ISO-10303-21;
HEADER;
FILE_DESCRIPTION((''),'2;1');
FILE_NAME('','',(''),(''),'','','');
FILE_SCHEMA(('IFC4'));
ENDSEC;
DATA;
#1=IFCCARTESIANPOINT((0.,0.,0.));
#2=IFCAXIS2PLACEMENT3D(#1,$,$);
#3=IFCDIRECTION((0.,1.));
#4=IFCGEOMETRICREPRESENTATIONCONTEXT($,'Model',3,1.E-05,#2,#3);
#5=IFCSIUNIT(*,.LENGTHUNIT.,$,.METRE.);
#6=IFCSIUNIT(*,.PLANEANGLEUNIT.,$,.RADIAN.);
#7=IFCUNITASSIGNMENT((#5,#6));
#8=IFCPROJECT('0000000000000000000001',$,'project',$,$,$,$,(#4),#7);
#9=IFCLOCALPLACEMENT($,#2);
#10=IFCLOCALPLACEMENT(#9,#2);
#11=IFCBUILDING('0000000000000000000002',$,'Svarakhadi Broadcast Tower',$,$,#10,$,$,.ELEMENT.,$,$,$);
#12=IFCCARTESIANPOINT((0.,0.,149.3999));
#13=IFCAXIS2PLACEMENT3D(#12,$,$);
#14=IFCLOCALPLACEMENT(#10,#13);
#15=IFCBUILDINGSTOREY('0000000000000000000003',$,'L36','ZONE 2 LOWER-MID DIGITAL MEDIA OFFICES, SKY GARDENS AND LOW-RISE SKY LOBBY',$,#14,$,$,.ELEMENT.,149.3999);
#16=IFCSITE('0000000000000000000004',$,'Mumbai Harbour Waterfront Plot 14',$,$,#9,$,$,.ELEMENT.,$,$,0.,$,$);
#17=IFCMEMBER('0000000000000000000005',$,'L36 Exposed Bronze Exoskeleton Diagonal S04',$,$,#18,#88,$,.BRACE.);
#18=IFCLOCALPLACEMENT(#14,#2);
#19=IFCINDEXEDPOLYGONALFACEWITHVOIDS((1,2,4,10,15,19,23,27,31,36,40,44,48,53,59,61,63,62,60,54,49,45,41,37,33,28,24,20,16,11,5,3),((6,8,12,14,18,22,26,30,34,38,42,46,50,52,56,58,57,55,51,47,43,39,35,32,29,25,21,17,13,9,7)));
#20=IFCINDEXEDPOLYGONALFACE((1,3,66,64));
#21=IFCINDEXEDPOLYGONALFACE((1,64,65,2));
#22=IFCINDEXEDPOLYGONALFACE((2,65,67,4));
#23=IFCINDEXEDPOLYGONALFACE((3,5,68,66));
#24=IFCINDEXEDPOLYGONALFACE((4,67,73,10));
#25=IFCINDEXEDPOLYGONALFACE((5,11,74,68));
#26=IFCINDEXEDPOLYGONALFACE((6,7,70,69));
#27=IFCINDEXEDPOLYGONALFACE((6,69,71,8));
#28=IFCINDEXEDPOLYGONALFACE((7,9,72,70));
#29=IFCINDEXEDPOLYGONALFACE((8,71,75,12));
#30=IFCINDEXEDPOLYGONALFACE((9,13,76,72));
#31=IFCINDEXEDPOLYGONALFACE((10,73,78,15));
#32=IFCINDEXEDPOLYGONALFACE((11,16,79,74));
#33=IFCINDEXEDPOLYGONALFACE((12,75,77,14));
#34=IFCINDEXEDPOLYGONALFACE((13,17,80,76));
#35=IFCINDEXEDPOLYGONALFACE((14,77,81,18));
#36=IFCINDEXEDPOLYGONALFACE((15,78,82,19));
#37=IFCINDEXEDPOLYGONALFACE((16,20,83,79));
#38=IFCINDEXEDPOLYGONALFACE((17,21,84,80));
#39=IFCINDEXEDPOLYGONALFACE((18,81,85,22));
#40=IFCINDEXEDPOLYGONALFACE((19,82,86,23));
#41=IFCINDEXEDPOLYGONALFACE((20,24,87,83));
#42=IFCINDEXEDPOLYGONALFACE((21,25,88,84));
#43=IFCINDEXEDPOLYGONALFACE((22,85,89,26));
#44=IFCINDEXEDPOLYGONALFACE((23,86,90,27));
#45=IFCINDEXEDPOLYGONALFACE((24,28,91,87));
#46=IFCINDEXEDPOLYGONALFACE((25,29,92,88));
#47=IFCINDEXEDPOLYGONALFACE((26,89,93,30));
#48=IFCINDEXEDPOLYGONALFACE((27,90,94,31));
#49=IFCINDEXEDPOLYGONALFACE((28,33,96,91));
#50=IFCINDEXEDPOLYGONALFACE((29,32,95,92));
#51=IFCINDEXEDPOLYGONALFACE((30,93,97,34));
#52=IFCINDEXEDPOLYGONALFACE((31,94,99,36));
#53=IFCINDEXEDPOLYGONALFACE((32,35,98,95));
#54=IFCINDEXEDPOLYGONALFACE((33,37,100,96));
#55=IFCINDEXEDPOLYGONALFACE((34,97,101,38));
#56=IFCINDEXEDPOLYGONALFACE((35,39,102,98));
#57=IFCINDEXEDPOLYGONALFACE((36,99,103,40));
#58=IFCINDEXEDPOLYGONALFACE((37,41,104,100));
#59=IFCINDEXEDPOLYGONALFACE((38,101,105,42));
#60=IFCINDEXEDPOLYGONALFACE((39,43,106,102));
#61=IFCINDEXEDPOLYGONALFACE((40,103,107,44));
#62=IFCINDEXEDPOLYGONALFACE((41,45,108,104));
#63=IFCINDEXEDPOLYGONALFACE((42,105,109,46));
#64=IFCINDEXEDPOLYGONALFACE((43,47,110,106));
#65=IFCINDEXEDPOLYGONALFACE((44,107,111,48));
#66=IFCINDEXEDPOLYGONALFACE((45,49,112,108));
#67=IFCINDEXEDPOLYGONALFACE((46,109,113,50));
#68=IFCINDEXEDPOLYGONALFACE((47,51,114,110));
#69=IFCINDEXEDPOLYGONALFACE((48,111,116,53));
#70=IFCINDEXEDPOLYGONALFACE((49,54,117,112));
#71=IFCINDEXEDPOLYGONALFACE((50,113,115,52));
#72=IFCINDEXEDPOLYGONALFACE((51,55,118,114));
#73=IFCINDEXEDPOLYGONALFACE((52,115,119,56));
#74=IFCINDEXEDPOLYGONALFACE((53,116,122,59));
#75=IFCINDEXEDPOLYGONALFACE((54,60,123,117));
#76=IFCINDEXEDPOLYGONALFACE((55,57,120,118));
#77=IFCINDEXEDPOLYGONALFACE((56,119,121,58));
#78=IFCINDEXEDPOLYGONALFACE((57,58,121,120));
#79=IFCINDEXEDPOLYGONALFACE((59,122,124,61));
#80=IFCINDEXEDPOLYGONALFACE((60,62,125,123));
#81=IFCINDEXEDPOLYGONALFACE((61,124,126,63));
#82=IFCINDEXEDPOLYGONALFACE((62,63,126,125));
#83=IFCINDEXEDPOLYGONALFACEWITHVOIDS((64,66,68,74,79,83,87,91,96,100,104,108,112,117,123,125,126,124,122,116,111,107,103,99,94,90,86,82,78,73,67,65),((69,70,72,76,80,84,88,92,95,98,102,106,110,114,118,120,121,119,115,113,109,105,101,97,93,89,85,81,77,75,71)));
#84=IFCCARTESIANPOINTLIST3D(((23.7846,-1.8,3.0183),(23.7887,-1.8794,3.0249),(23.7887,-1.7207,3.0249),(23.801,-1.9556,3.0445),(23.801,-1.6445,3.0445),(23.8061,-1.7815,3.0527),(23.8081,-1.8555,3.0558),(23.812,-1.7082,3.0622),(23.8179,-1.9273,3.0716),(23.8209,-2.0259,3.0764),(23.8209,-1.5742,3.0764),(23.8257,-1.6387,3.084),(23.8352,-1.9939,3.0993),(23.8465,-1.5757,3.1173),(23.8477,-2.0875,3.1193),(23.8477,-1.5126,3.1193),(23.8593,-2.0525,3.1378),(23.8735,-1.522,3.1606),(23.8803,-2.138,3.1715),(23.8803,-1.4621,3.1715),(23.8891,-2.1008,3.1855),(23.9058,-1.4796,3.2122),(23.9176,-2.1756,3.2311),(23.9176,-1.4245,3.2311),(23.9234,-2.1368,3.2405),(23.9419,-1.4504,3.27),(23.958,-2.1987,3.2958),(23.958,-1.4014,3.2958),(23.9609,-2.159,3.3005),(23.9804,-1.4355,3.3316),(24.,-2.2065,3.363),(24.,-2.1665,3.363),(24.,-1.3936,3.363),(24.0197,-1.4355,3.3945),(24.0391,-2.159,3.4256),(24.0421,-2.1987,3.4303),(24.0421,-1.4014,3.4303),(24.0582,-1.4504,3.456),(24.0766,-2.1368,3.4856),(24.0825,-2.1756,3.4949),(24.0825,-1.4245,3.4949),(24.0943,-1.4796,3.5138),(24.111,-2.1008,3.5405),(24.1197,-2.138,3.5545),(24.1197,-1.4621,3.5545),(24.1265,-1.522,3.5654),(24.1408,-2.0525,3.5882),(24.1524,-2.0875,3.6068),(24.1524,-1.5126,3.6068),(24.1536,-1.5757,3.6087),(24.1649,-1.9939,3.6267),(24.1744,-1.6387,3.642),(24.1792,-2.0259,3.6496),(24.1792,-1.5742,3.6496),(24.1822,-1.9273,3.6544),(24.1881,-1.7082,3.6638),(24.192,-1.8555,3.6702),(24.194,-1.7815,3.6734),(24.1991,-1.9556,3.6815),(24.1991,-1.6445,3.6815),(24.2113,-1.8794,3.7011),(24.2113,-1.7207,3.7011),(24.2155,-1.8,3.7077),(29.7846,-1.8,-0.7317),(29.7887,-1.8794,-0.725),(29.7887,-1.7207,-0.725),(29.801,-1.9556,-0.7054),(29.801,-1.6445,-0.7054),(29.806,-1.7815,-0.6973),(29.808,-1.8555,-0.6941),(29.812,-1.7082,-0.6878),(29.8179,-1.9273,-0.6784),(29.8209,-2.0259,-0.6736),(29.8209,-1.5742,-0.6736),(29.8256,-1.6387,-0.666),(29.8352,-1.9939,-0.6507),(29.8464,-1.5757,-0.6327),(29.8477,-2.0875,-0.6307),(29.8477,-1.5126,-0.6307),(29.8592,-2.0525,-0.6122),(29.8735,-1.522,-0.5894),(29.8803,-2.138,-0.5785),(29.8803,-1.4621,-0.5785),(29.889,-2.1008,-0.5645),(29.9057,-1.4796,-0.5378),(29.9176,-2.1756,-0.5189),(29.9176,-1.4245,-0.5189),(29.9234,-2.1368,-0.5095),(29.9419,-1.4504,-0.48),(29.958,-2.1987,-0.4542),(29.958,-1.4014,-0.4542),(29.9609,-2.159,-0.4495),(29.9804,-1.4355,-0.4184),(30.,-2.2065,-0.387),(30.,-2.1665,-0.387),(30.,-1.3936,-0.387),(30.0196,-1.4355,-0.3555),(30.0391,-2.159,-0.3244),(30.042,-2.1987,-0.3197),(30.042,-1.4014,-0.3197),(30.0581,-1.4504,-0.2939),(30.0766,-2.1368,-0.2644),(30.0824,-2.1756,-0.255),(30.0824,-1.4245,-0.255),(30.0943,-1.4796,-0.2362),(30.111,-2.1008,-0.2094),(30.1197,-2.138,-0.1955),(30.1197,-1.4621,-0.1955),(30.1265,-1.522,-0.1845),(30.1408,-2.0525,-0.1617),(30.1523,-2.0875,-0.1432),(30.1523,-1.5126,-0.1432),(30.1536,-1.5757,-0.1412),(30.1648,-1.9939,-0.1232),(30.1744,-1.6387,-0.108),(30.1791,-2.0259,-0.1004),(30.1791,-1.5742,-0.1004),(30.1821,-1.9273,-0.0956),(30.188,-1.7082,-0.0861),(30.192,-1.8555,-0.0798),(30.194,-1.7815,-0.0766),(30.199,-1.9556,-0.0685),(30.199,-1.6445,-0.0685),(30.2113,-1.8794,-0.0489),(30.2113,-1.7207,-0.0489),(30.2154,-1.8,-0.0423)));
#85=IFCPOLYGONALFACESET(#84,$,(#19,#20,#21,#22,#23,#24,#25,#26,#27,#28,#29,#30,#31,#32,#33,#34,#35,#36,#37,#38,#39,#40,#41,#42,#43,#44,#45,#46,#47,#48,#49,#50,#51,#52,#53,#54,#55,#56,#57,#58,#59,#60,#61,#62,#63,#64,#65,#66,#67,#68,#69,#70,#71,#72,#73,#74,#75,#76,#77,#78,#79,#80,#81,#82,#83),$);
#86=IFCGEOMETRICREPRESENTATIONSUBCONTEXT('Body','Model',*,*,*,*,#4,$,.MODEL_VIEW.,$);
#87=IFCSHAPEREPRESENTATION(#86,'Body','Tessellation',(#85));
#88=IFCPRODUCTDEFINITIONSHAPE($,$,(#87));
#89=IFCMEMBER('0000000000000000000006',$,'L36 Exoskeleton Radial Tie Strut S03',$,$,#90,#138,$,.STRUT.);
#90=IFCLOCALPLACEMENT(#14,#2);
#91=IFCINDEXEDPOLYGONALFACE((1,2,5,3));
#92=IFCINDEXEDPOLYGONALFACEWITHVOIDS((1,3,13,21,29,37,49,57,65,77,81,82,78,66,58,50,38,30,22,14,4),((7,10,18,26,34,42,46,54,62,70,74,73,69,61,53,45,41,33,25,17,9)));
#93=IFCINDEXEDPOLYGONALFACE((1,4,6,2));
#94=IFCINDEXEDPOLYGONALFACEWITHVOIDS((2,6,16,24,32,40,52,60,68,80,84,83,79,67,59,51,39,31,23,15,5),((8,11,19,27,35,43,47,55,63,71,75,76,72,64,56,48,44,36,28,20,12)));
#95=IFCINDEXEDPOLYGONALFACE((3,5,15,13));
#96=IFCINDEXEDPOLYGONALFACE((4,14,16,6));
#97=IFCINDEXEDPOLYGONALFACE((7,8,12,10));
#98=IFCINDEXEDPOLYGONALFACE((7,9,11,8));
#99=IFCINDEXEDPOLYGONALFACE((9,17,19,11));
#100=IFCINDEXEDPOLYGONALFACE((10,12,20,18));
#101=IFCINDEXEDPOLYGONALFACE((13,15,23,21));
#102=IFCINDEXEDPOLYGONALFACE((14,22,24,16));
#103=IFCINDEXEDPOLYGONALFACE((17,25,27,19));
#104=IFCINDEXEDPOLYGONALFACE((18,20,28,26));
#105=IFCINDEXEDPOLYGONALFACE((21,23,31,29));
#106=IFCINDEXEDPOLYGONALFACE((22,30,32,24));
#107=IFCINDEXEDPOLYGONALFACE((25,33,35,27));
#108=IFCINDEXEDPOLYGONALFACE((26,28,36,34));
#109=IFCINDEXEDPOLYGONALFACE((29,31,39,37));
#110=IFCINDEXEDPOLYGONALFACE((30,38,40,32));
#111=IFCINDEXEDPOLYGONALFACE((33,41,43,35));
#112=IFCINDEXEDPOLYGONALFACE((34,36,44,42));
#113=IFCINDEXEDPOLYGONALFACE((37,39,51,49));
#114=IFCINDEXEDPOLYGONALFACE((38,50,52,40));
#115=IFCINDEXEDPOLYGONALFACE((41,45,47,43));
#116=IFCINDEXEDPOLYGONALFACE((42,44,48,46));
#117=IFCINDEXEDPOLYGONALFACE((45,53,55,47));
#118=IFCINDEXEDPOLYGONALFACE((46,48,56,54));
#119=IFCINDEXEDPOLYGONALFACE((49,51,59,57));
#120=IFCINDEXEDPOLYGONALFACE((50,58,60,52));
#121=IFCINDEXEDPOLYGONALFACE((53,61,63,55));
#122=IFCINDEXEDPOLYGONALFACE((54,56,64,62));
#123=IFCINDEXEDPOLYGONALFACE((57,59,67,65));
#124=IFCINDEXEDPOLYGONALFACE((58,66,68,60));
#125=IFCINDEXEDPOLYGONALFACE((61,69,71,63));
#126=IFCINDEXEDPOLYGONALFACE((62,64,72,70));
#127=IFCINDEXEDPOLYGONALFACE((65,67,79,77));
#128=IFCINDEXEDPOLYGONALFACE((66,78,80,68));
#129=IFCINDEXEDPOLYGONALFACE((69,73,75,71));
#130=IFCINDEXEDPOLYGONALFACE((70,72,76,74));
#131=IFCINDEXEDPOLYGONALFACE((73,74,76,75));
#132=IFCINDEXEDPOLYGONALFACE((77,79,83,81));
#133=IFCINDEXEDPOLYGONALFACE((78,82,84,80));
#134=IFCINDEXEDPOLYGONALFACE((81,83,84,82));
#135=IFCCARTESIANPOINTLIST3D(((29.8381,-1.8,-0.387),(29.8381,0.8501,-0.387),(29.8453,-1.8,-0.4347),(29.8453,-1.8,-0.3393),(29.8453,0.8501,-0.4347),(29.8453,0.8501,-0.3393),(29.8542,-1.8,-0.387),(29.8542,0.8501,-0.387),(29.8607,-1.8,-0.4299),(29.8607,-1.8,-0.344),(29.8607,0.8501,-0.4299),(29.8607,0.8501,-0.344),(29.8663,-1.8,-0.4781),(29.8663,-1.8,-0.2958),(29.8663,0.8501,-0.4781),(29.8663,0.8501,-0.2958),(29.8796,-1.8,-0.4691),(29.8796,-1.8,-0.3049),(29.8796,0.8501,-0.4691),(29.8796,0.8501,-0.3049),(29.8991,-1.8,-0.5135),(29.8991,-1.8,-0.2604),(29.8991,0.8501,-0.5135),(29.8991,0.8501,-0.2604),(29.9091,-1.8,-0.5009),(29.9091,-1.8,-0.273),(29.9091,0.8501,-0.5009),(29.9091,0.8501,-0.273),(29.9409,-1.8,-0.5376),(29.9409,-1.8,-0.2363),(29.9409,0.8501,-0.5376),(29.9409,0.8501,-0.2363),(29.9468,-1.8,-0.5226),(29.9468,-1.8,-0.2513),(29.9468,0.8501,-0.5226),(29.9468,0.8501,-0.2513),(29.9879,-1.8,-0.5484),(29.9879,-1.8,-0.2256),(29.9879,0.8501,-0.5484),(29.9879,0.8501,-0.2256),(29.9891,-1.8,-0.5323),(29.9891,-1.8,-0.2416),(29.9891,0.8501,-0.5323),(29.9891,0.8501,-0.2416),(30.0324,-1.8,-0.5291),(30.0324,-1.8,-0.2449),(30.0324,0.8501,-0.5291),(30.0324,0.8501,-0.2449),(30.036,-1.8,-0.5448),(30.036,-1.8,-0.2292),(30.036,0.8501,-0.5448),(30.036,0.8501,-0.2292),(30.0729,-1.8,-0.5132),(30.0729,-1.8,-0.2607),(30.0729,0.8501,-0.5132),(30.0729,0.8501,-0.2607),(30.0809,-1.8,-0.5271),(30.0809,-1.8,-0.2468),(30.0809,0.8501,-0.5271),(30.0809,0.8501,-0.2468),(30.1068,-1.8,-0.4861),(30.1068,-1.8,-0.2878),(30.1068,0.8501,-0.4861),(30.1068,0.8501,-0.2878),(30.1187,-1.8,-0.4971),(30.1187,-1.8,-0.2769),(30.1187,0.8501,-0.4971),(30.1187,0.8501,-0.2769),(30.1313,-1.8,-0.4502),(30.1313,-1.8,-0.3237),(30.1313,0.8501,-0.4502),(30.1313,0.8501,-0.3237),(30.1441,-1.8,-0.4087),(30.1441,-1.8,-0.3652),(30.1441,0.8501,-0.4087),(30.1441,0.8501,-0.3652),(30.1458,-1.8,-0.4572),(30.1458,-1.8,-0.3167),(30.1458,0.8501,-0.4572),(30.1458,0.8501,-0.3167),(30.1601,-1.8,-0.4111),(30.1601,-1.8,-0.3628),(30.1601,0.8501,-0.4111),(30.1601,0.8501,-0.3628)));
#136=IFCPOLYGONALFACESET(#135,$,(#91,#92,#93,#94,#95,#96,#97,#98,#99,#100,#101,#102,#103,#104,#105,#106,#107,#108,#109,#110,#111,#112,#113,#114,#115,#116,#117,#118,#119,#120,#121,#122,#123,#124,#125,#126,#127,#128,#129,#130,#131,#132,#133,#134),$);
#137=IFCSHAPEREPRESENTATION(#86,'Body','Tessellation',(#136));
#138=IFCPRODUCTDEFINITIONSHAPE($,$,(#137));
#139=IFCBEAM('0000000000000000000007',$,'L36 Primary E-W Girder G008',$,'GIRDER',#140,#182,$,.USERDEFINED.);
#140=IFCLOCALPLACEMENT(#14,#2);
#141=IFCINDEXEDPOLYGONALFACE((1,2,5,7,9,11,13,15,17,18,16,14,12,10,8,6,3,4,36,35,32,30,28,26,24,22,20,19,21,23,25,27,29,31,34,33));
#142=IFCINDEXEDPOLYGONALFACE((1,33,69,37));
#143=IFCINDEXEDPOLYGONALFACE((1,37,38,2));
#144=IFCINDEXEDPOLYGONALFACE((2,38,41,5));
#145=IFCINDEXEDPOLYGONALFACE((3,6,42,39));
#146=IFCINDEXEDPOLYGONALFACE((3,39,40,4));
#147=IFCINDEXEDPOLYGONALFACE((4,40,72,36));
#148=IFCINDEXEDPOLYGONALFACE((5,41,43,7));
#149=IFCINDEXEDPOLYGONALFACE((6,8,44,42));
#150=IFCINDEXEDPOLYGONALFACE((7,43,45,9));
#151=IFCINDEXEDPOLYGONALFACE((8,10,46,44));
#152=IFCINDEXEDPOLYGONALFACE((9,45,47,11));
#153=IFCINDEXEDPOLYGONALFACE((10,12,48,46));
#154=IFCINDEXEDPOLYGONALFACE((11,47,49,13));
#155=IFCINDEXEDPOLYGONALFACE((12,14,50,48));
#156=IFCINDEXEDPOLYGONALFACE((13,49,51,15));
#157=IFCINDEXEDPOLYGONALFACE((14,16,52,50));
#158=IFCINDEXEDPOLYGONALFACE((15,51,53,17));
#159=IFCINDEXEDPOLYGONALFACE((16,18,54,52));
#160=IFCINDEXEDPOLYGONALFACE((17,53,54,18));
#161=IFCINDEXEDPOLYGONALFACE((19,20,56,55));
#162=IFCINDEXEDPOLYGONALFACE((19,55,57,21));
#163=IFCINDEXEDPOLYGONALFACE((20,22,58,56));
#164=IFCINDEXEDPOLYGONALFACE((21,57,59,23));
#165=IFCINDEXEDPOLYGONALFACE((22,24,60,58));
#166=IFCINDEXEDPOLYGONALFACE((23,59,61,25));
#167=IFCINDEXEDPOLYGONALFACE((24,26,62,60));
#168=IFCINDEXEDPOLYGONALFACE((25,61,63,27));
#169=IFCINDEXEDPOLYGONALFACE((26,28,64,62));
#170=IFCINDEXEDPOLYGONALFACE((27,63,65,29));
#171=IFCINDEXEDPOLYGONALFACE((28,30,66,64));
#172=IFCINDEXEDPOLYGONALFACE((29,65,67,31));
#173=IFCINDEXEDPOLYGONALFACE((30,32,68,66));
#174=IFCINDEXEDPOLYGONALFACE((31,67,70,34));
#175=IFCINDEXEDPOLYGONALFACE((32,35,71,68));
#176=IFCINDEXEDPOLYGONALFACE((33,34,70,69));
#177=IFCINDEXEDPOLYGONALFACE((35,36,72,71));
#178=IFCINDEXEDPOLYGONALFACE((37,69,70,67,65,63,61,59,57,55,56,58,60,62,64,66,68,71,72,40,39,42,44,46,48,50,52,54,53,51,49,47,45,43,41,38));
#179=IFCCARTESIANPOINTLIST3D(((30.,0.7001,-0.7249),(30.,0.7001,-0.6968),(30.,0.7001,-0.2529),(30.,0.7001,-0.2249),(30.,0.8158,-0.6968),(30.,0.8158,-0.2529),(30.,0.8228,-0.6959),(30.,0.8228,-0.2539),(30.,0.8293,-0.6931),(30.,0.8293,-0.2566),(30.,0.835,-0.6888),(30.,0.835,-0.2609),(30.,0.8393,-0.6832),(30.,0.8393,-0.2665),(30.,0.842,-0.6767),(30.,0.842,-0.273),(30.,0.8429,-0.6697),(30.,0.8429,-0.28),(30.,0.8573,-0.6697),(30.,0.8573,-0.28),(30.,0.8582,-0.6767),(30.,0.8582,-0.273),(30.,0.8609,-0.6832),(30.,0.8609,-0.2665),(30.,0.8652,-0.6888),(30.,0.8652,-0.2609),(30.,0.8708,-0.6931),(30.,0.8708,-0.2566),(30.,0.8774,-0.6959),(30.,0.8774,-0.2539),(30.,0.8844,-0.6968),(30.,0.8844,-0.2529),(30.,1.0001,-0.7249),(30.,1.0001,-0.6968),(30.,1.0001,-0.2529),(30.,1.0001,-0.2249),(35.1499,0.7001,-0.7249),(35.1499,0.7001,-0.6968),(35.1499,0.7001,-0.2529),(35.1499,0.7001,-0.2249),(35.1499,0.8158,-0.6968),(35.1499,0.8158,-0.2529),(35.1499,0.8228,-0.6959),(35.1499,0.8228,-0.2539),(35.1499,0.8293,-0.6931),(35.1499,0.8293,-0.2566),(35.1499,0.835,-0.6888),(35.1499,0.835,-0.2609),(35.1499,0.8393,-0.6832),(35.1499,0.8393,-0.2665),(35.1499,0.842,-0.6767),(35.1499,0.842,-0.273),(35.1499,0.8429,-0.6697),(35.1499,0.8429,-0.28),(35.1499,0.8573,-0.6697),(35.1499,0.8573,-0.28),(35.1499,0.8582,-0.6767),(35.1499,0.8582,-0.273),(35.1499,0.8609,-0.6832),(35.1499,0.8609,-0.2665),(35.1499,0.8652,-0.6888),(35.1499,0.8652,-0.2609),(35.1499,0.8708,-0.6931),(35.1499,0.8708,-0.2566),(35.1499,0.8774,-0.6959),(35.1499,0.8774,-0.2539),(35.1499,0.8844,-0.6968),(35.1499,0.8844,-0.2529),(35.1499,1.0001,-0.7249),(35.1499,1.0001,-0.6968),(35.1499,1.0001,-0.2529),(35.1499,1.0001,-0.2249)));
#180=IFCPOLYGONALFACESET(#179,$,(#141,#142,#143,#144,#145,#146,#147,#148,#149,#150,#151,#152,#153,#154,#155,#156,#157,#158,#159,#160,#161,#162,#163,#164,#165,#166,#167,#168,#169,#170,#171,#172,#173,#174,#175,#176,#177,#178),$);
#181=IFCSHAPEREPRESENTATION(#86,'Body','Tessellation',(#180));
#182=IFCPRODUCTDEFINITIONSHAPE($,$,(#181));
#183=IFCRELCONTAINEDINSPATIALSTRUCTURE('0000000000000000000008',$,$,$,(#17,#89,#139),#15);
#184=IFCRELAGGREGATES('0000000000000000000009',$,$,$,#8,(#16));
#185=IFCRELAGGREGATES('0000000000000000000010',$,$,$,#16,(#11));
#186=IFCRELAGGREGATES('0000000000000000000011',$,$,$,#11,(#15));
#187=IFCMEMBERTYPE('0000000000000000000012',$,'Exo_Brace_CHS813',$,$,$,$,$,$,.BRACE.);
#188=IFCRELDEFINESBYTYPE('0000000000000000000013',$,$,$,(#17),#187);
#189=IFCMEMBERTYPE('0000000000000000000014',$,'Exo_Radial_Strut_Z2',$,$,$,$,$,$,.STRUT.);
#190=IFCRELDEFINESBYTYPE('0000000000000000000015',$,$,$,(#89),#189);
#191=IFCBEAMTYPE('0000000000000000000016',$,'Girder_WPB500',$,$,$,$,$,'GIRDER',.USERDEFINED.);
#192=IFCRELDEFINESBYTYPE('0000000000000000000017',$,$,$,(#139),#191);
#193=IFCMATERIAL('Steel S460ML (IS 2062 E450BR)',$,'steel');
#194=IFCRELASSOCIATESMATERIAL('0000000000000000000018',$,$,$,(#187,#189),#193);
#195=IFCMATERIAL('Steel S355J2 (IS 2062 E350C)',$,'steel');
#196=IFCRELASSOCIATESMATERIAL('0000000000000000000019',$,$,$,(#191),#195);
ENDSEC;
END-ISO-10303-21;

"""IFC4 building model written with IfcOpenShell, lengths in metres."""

from ifc_helpers import new_model, si_unit, direction, frame, origin, origin_2d, place, context, subcontext, project, spatial, hollow_circle, i_section, extrude, material, material_profile, profile_set, type_object, element, save


model = new_model("IFC4")

# Units and contexts
model_context = context("Model", 3, precision=1e-05, world=origin(), true_north=direction((0.0, 1.0)))
body_context = subcontext(model_context, "Body", "Model", "MODEL_VIEW")
ifc_project = project(units=[si_unit("LENGTHUNIT", "METRE"), si_unit("PLANEANGLEUNIT", "RADIAN")], contexts=[model_context])

# Site, building, storey
site_placement = place(None, origin())
site = spatial("IfcSite", under=ifc_project, at=site_placement, Name="Mumbai Harbour Waterfront Plot 14", CompositionType="ELEMENT", RefElevation=0.0)
building_placement = place(site_placement, origin())
building = spatial("IfcBuilding", under=site, at=building_placement, Name="Svarakhadi Broadcast Tower", CompositionType="ELEMENT")
storey_placement = place(building_placement, frame((0.0, 0.0, 149.3999)))
storey = spatial("IfcBuildingStorey", under=building, at=storey_placement, Name="L36", Description="ZONE 2 LOWER-MID DIGITAL MEDIA OFFICES, SKY GARDENS AND LOW-RISE SKY LOBBY", CompositionType="ELEMENT", Elevation=149.3999)

# Members
ifc_material_1 = material(Name="Steel S460ML (IS 2062 E450BR)", Category="steel")
ifc_material_profile_1 = material_profile(ifc_material_1, hollow_circle(Radius=0.4065, WallThickness=0.04, at=origin_2d()), Name="CHS 813x40")
ifc_profile_set_1 = profile_set([ifc_material_profile_1], Name="Steel S460ML (IS 2062 E450BR)")
member_type_1 = type_object("IfcMemberType", Name="Exo_Brace_CHS813", PredefinedType="BRACE", material=ifc_profile_set_1)
member_1_placement = place(storey_placement, frame((30.0, -1.8, -0.387), z_axis=(-0.847998, 0.0, 0.529999), x_axis=(0.0, -1.0, 0.0)))
element("IfcMember", 1, at=member_1_placement, inside=storey, type_object=member_type_1, Name="L36 Exposed Bronze Exoskeleton Diagonal S04", PredefinedType="BRACE", context=body_context, shape_type="SweptSolid", body=[
    extrude(hollow_circle(Radius=0.4065, WallThickness=0.04, at=origin_2d()), origin(), (0.0, 0.0, 1.0), 7.0754),
])
ifc_material_profile_2 = material_profile(ifc_material_1, hollow_circle(Radius=0.1619, WallThickness=0.0161, at=origin_2d()), Name="CHS 323.9x16")
ifc_profile_set_2 = profile_set([ifc_material_profile_2], Name="Steel S460ML (IS 2062 E450BR)")
member_type_2 = type_object("IfcMemberType", Name="Exo_Radial_Strut_Z2", PredefinedType="STRUT", material=ifc_profile_set_2)
member_2_placement = place(storey_placement, frame((30.0, -1.8, -0.387), z_axis=(0.0, 1.0, 0.0), x_axis=(-1.0, 0.0, 0.0)))
element("IfcMember", 2, at=member_2_placement, inside=storey, type_object=member_type_2, Name="L36 Exoskeleton Radial Tie Strut S03", PredefinedType="STRUT", context=body_context, shape_type="SweptSolid", body=[
    extrude(hollow_circle(Radius=0.1619, WallThickness=0.0161, at=origin_2d()), origin(), (0.0, 0.0, 1.0), 2.6501),
])

# Beam
ifc_material_2 = material(Name="Steel S355J2 (IS 2062 E350C)", Category="steel")
ifc_material_profile_3 = material_profile(ifc_material_2, i_section(OverallWidth=0.3, OverallDepth=0.5, WebThickness=0.0144, FlangeThickness=0.0281, FilletRadius=0.0271, at=origin_2d()), Name="WPB 500x300x187")
ifc_profile_set_3 = profile_set([ifc_material_profile_3], Name="Steel S355J2 (IS 2062 E350C)")
beam_type_1 = type_object("IfcBeamType", Name="Girder_WPB500", ElementType="GIRDER", PredefinedType="USERDEFINED", material=ifc_profile_set_3)
beam_1_placement = place(storey_placement, frame((30.0, 0.8501, -0.4749), z_axis=(1.0, 0.0, 0.0), x_axis=(0.0, 1.0, 0.0)))
element("IfcBeam", 3, at=beam_1_placement, inside=storey, type_object=beam_type_1, Name="L36 Primary E-W Girder G008", ObjectType="GIRDER", PredefinedType="USERDEFINED", context=body_context, shape_type="SweptSolid", body=[
    extrude(i_section(OverallWidth=0.3, OverallDepth=0.5, WebThickness=0.0144, FlangeThickness=0.0281, FilletRadius=0.0271, at=origin_2d()), origin(), (0.0, 0.0, 1.0), 5.1499),
])

save(model, "model.ifc")
